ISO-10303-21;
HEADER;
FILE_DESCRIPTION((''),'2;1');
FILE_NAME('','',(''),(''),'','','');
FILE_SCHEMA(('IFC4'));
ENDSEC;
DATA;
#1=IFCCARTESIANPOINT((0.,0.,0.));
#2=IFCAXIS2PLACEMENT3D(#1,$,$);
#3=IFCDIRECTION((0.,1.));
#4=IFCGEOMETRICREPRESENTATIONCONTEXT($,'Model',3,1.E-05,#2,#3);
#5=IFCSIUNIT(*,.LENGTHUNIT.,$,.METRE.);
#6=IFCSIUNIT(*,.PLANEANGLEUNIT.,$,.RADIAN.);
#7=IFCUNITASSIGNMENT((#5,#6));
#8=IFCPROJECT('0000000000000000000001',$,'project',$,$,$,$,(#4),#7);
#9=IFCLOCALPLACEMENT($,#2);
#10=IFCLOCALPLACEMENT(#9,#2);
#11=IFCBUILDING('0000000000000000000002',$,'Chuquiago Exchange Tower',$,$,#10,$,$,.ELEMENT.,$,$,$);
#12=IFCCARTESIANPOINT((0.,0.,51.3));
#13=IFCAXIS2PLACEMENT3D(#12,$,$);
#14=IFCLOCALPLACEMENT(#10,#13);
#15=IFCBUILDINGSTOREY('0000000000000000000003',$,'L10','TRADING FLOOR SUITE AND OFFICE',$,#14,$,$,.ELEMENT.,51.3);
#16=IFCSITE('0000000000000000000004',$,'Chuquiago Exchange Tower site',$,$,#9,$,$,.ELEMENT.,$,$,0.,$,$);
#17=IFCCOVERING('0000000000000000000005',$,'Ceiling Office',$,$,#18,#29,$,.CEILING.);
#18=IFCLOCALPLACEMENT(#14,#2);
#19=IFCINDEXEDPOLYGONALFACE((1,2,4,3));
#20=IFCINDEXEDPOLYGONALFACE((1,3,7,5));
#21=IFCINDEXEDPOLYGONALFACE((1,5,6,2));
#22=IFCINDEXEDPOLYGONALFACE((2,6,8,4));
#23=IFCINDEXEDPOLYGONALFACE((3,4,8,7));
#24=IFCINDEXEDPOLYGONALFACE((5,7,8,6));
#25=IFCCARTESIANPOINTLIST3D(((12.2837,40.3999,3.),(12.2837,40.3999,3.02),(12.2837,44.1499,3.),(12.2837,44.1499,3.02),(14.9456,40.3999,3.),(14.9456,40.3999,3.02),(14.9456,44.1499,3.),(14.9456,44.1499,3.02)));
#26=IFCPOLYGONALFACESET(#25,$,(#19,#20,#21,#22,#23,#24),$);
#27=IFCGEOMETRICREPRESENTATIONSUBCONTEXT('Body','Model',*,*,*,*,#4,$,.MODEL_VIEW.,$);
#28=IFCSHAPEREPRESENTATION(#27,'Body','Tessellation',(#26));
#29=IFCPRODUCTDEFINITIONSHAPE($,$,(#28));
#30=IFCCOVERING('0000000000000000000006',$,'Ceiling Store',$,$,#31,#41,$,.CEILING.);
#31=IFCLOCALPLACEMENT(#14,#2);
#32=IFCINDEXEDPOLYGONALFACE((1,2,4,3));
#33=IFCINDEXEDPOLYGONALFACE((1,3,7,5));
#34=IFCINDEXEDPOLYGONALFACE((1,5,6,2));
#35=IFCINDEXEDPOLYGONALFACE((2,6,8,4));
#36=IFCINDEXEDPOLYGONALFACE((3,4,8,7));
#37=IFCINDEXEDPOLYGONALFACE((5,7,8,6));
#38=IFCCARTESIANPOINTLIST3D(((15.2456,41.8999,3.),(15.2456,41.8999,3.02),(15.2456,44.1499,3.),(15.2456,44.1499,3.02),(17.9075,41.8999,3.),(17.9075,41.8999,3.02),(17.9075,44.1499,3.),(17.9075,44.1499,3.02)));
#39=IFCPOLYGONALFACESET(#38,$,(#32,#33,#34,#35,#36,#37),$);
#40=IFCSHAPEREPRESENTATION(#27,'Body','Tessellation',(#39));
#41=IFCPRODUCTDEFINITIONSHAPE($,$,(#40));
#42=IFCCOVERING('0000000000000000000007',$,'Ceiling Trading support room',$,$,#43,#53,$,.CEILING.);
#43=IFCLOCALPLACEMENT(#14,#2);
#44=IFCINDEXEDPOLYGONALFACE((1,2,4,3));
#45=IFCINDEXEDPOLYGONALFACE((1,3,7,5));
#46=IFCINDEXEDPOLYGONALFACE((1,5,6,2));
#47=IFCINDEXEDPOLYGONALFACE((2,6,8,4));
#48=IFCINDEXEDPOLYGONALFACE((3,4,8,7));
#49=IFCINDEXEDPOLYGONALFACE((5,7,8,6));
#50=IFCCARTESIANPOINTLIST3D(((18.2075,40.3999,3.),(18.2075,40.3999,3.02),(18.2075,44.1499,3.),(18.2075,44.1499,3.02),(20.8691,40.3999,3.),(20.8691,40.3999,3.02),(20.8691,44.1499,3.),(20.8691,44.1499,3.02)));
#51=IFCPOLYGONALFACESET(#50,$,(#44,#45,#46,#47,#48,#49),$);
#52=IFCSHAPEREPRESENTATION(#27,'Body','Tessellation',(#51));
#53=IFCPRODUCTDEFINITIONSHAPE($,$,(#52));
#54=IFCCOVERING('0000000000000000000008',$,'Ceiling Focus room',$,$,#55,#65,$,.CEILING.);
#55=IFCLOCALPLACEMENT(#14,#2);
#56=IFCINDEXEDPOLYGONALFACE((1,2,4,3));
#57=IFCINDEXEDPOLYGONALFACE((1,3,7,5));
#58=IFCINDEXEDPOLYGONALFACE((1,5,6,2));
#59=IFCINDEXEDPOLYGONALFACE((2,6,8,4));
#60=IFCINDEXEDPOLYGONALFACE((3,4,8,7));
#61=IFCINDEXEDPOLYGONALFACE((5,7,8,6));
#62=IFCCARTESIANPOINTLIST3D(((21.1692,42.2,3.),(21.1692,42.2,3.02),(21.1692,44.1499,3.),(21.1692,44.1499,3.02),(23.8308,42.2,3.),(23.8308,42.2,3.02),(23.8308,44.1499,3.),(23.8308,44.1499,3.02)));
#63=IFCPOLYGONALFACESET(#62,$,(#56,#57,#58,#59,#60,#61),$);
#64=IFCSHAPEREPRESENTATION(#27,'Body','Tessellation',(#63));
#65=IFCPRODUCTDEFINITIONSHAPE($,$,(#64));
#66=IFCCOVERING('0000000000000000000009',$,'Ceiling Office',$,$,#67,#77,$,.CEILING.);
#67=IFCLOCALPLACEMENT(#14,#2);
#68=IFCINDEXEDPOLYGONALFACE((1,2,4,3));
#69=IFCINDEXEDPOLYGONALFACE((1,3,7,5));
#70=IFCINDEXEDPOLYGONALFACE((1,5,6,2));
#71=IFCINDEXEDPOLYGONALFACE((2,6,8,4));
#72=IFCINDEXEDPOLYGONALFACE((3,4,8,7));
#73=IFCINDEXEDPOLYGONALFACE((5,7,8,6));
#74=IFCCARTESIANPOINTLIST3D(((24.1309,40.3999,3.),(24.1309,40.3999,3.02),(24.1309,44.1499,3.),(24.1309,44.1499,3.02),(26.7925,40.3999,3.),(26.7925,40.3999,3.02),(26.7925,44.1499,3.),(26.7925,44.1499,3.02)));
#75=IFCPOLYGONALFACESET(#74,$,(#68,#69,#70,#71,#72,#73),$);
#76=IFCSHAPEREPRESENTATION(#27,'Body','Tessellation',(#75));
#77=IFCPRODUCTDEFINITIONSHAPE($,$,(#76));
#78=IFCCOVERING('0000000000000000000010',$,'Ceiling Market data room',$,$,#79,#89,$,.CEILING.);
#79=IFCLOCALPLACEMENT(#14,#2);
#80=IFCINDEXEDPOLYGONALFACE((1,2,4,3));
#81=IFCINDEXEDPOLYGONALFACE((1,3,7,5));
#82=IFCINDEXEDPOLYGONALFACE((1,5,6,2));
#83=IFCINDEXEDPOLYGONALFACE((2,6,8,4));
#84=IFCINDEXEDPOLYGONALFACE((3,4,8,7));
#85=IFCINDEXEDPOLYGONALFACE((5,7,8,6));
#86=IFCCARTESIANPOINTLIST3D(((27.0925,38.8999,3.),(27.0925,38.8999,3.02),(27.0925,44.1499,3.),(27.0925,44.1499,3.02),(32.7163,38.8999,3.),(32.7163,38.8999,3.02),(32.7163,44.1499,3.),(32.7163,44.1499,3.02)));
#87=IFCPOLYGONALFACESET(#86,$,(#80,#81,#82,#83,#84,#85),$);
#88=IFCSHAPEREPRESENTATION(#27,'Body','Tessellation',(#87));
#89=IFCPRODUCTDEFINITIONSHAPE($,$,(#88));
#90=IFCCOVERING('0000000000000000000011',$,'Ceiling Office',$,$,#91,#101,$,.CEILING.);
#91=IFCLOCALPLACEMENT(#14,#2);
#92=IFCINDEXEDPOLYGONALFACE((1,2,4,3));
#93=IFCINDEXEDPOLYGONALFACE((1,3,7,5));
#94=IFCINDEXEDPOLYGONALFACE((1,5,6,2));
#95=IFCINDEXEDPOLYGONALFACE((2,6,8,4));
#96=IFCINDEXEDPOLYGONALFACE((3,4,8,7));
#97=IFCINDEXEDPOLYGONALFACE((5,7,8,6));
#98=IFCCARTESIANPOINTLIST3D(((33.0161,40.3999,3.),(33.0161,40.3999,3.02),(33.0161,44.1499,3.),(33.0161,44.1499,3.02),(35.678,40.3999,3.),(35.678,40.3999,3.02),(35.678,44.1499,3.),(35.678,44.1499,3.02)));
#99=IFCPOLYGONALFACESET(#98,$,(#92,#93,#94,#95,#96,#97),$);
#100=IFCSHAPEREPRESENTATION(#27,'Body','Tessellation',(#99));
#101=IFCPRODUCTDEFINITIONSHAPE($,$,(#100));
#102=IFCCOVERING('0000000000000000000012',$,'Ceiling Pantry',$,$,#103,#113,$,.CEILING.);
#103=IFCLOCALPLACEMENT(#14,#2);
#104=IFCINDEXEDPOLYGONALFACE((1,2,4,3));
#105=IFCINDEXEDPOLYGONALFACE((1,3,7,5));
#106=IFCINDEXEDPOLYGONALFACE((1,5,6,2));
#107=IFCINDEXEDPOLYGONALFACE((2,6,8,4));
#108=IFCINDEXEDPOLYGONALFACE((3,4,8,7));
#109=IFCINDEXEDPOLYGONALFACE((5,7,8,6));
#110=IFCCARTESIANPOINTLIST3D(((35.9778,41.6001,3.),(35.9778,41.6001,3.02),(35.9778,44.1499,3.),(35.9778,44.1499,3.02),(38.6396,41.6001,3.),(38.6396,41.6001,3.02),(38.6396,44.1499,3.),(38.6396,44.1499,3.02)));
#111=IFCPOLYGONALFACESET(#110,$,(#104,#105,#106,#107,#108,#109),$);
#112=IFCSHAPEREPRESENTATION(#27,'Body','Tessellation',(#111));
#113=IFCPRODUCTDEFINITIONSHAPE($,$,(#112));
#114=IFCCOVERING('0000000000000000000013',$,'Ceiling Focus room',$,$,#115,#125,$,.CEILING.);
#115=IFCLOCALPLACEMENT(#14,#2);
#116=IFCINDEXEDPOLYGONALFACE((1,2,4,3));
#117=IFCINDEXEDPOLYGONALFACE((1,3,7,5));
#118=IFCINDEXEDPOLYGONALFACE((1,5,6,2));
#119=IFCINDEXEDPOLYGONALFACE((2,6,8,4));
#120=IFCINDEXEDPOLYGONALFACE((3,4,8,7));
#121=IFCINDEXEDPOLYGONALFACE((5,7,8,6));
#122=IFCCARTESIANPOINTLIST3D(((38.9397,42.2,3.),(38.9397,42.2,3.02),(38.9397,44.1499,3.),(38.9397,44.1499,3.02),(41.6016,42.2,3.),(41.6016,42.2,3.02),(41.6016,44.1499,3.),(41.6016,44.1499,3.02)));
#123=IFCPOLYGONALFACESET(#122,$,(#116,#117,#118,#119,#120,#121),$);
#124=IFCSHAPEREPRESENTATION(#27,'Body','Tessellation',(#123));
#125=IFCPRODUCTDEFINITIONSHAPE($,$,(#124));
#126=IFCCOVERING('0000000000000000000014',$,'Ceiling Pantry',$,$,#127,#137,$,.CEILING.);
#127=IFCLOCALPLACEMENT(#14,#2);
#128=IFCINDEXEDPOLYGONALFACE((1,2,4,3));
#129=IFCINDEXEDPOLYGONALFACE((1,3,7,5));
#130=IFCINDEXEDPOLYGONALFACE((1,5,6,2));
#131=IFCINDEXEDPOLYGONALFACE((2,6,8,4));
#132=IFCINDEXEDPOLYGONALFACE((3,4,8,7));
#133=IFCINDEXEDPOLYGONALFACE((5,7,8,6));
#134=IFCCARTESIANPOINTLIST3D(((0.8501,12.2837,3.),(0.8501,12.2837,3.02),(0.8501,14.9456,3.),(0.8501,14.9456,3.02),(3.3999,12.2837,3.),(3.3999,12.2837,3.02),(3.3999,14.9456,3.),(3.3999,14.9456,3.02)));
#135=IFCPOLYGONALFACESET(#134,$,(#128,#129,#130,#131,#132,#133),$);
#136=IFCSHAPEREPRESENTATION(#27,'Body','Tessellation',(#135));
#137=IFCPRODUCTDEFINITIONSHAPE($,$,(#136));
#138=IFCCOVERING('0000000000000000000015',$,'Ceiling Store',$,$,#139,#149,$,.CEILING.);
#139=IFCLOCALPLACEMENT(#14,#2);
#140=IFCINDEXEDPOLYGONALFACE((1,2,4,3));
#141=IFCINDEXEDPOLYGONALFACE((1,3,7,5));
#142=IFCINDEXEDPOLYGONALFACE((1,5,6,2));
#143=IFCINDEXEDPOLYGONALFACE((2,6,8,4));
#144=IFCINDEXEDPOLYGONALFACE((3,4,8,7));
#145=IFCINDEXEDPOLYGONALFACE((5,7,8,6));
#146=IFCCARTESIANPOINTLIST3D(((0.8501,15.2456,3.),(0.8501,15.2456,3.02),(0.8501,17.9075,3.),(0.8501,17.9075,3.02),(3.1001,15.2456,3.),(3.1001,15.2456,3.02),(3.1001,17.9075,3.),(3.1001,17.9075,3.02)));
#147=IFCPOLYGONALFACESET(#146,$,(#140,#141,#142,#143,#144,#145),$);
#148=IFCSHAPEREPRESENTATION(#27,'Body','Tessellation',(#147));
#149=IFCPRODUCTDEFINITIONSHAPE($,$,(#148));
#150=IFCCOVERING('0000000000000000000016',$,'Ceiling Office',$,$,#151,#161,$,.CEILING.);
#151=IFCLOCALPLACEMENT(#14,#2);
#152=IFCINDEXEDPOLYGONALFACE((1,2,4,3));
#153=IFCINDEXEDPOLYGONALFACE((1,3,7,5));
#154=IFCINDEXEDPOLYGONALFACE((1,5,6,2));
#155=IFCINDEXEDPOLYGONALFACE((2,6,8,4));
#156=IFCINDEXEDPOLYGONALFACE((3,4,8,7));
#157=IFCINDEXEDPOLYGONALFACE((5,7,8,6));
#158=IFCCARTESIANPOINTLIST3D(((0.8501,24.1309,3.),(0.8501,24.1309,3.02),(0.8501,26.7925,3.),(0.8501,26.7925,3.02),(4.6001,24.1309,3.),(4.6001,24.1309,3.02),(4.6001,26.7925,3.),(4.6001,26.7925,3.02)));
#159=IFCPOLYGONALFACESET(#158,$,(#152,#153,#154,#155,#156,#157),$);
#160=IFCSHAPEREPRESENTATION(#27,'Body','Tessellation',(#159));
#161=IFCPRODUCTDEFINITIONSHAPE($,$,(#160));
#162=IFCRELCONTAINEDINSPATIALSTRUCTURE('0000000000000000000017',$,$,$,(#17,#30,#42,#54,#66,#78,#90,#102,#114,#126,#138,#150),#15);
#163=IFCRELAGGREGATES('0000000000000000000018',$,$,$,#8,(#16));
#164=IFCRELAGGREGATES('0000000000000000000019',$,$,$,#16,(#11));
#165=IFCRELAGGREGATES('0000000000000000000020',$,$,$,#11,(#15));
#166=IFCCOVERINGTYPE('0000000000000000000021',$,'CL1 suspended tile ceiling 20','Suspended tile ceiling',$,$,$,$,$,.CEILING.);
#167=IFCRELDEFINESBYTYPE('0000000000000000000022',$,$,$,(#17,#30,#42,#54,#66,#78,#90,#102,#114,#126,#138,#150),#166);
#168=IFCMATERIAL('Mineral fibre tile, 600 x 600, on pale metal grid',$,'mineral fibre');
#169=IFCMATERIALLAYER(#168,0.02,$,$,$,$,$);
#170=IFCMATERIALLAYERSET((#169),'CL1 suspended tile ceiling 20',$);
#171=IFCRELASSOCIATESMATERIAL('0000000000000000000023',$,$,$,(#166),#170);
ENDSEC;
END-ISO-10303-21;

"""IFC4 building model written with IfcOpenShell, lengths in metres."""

from ifc_helpers import new_model, si_unit, direction, frame, origin, place, context, subcontext, project, spatial, polyline, outline, extrude, material, layer, layer_set, type_object, element, save


model = new_model("IFC4")

# Units and contexts
model_context = context("Model", 3, precision=1e-05, world=origin(), true_north=direction((0.0, 1.0)))
body_context = subcontext(model_context, "Body", "Model", "MODEL_VIEW")
ifc_project = project(units=[si_unit("LENGTHUNIT", "METRE"), si_unit("PLANEANGLEUNIT", "RADIAN")], contexts=[model_context])

# Site, building, storey
site_placement = place(None, origin())
site = spatial("IfcSite", under=ifc_project, at=site_placement, Name="Chuquiago Exchange Tower site", CompositionType="ELEMENT", RefElevation=0.0)
building_placement = place(site_placement, origin())
building = spatial("IfcBuilding", under=site, at=building_placement, Name="Chuquiago Exchange Tower", CompositionType="ELEMENT")
storey_placement = place(building_placement, frame((0.0, 0.0, 51.3)))
storey = spatial("IfcBuildingStorey", under=building, at=storey_placement, Name="L10", Description="TRADING FLOOR SUITE AND OFFICE", CompositionType="ELEMENT", Elevation=51.3)

# Coverings
ifc_material_1 = material(Name="Mineral fibre tile, 600 x 600, on pale metal grid", Category="mineral fibre")
ifc_layer_1 = layer(ifc_material_1, 0.02)
ifc_layer_set_1 = layer_set([ifc_layer_1], Name="CL1 suspended tile ceiling 20")
covering_type_1 = type_object("IfcCoveringType", Name="CL1 suspended tile ceiling 20", Description="Suspended tile ceiling", PredefinedType="CEILING", material=ifc_layer_set_1)
covering_1_placement = place(storey_placement, frame((0.0, 0.0, 3.0)))
element("IfcCovering", 1, at=covering_1_placement, inside=storey, type_object=covering_type_1, Name="Ceiling Office", PredefinedType="CEILING", context=body_context, shape_type="SweptSolid", body=[
    extrude(outline(polyline([(14.9456, 40.3999), (12.2837, 40.3999), (12.2837, 44.1499), (14.9456, 44.1499), (14.9456, 40.3999)])), origin(), (0.0, 0.0, 1.0), 0.02),
])
covering_2_placement = place(storey_placement, frame((0.0, 0.0, 3.0)))
element("IfcCovering", 2, at=covering_2_placement, inside=storey, type_object=covering_type_1, Name="Ceiling Store", PredefinedType="CEILING", context=body_context, shape_type="SweptSolid", body=[
    extrude(outline(polyline([(17.9075, 41.8999), (15.2456, 41.8999), (15.2456, 44.1499), (17.9075, 44.1499), (17.9075, 41.8999)])), origin(), (0.0, 0.0, 1.0), 0.02),
])
covering_3_placement = place(storey_placement, frame((0.0, 0.0, 3.0)))
element("IfcCovering", 3, at=covering_3_placement, inside=storey, type_object=covering_type_1, Name="Ceiling Trading support room", PredefinedType="CEILING", context=body_context, shape_type="SweptSolid", body=[
    extrude(outline(polyline([(20.8691, 40.3999), (18.2075, 40.3999), (18.2075, 44.1499), (20.8691, 44.1499), (20.8691, 40.3999)])), origin(), (0.0, 0.0, 1.0), 0.02),
])
covering_4_placement = place(storey_placement, frame((0.0, 0.0, 3.0)))
element("IfcCovering", 4, at=covering_4_placement, inside=storey, type_object=covering_type_1, Name="Ceiling Focus room", PredefinedType="CEILING", context=body_context, shape_type="SweptSolid", body=[
    extrude(outline(polyline([(23.8308, 42.2), (21.1692, 42.2), (21.1692, 44.1499), (23.8308, 44.1499), (23.8308, 42.2)])), origin(), (0.0, 0.0, 1.0), 0.02),
])
covering_5_placement = place(storey_placement, frame((0.0, 0.0, 3.0)))
element("IfcCovering", 5, at=covering_5_placement, inside=storey, type_object=covering_type_1, Name="Ceiling Office", PredefinedType="CEILING", context=body_context, shape_type="SweptSolid", body=[
    extrude(outline(polyline([(26.7925, 40.3999), (24.1309, 40.3999), (24.1309, 44.1499), (26.7925, 44.1499), (26.7925, 40.3999)])), origin(), (0.0, 0.0, 1.0), 0.02),
])
covering_6_placement = place(storey_placement, frame((0.0, 0.0, 3.0)))
element("IfcCovering", 6, at=covering_6_placement, inside=storey, type_object=covering_type_1, Name="Ceiling Market data room", PredefinedType="CEILING", context=body_context, shape_type="SweptSolid", body=[
    extrude(outline(polyline([(32.7163, 38.8999), (27.0925, 38.8999), (27.0925, 44.1499), (32.7163, 44.1499), (32.7163, 38.8999)])), origin(), (0.0, 0.0, 1.0), 0.02),
])
covering_7_placement = place(storey_placement, frame((0.0, 0.0, 3.0)))
element("IfcCovering", 7, at=covering_7_placement, inside=storey, type_object=covering_type_1, Name="Ceiling Office", PredefinedType="CEILING", context=body_context, shape_type="SweptSolid", body=[
    extrude(outline(polyline([(35.678, 40.3999), (33.0161, 40.3999), (33.0161, 44.1499), (35.678, 44.1499), (35.678, 40.3999)])), origin(), (0.0, 0.0, 1.0), 0.02),
])
covering_8_placement = place(storey_placement, frame((0.0, 0.0, 3.0)))
element("IfcCovering", 8, at=covering_8_placement, inside=storey, type_object=covering_type_1, Name="Ceiling Pantry", PredefinedType="CEILING", context=body_context, shape_type="SweptSolid", body=[
    extrude(outline(polyline([(38.6396, 41.6001), (35.9778, 41.6001), (35.9778, 44.1499), (38.6396, 44.1499), (38.6396, 41.6001)])), origin(), (0.0, 0.0, 1.0), 0.02),
])
covering_9_placement = place(storey_placement, frame((0.0, 0.0, 3.0)))
element("IfcCovering", 9, at=covering_9_placement, inside=storey, type_object=covering_type_1, Name="Ceiling Focus room", PredefinedType="CEILING", context=body_context, shape_type="SweptSolid", body=[
    extrude(outline(polyline([(41.6016, 42.2), (38.9397, 42.2), (38.9397, 44.1499), (41.6016, 44.1499), (41.6016, 42.2)])), origin(), (0.0, 0.0, 1.0), 0.02),
])
covering_10_placement = place(storey_placement, frame((0.0, 0.0, 3.0)))
element("IfcCovering", 10, at=covering_10_placement, inside=storey, type_object=covering_type_1, Name="Ceiling Pantry", PredefinedType="CEILING", context=body_context, shape_type="SweptSolid", body=[
    extrude(outline(polyline([(3.3999, 14.9456), (3.3999, 12.2837), (0.8501, 12.2837), (0.8501, 14.9456), (3.3999, 14.9456)])), origin(), (0.0, 0.0, 1.0), 0.02),
])
covering_11_placement = place(storey_placement, frame((0.0, 0.0, 3.0)))
element("IfcCovering", 11, at=covering_11_placement, inside=storey, type_object=covering_type_1, Name="Ceiling Store", PredefinedType="CEILING", context=body_context, shape_type="SweptSolid", body=[
    extrude(outline(polyline([(3.1001, 17.9075), (3.1001, 15.2456), (0.8501, 15.2456), (0.8501, 17.9075), (3.1001, 17.9075)])), origin(), (0.0, 0.0, 1.0), 0.02),
])
covering_12_placement = place(storey_placement, frame((0.0, 0.0, 3.0)))
element("IfcCovering", 12, at=covering_12_placement, inside=storey, type_object=covering_type_1, Name="Ceiling Office", PredefinedType="CEILING", context=body_context, shape_type="SweptSolid", body=[
    extrude(outline(polyline([(4.6001, 26.7925), (4.6001, 24.1309), (0.8501, 24.1309), (0.8501, 26.7925), (4.6001, 26.7925)])), origin(), (0.0, 0.0, 1.0), 0.02),
])

save(model, "model.ifc")
